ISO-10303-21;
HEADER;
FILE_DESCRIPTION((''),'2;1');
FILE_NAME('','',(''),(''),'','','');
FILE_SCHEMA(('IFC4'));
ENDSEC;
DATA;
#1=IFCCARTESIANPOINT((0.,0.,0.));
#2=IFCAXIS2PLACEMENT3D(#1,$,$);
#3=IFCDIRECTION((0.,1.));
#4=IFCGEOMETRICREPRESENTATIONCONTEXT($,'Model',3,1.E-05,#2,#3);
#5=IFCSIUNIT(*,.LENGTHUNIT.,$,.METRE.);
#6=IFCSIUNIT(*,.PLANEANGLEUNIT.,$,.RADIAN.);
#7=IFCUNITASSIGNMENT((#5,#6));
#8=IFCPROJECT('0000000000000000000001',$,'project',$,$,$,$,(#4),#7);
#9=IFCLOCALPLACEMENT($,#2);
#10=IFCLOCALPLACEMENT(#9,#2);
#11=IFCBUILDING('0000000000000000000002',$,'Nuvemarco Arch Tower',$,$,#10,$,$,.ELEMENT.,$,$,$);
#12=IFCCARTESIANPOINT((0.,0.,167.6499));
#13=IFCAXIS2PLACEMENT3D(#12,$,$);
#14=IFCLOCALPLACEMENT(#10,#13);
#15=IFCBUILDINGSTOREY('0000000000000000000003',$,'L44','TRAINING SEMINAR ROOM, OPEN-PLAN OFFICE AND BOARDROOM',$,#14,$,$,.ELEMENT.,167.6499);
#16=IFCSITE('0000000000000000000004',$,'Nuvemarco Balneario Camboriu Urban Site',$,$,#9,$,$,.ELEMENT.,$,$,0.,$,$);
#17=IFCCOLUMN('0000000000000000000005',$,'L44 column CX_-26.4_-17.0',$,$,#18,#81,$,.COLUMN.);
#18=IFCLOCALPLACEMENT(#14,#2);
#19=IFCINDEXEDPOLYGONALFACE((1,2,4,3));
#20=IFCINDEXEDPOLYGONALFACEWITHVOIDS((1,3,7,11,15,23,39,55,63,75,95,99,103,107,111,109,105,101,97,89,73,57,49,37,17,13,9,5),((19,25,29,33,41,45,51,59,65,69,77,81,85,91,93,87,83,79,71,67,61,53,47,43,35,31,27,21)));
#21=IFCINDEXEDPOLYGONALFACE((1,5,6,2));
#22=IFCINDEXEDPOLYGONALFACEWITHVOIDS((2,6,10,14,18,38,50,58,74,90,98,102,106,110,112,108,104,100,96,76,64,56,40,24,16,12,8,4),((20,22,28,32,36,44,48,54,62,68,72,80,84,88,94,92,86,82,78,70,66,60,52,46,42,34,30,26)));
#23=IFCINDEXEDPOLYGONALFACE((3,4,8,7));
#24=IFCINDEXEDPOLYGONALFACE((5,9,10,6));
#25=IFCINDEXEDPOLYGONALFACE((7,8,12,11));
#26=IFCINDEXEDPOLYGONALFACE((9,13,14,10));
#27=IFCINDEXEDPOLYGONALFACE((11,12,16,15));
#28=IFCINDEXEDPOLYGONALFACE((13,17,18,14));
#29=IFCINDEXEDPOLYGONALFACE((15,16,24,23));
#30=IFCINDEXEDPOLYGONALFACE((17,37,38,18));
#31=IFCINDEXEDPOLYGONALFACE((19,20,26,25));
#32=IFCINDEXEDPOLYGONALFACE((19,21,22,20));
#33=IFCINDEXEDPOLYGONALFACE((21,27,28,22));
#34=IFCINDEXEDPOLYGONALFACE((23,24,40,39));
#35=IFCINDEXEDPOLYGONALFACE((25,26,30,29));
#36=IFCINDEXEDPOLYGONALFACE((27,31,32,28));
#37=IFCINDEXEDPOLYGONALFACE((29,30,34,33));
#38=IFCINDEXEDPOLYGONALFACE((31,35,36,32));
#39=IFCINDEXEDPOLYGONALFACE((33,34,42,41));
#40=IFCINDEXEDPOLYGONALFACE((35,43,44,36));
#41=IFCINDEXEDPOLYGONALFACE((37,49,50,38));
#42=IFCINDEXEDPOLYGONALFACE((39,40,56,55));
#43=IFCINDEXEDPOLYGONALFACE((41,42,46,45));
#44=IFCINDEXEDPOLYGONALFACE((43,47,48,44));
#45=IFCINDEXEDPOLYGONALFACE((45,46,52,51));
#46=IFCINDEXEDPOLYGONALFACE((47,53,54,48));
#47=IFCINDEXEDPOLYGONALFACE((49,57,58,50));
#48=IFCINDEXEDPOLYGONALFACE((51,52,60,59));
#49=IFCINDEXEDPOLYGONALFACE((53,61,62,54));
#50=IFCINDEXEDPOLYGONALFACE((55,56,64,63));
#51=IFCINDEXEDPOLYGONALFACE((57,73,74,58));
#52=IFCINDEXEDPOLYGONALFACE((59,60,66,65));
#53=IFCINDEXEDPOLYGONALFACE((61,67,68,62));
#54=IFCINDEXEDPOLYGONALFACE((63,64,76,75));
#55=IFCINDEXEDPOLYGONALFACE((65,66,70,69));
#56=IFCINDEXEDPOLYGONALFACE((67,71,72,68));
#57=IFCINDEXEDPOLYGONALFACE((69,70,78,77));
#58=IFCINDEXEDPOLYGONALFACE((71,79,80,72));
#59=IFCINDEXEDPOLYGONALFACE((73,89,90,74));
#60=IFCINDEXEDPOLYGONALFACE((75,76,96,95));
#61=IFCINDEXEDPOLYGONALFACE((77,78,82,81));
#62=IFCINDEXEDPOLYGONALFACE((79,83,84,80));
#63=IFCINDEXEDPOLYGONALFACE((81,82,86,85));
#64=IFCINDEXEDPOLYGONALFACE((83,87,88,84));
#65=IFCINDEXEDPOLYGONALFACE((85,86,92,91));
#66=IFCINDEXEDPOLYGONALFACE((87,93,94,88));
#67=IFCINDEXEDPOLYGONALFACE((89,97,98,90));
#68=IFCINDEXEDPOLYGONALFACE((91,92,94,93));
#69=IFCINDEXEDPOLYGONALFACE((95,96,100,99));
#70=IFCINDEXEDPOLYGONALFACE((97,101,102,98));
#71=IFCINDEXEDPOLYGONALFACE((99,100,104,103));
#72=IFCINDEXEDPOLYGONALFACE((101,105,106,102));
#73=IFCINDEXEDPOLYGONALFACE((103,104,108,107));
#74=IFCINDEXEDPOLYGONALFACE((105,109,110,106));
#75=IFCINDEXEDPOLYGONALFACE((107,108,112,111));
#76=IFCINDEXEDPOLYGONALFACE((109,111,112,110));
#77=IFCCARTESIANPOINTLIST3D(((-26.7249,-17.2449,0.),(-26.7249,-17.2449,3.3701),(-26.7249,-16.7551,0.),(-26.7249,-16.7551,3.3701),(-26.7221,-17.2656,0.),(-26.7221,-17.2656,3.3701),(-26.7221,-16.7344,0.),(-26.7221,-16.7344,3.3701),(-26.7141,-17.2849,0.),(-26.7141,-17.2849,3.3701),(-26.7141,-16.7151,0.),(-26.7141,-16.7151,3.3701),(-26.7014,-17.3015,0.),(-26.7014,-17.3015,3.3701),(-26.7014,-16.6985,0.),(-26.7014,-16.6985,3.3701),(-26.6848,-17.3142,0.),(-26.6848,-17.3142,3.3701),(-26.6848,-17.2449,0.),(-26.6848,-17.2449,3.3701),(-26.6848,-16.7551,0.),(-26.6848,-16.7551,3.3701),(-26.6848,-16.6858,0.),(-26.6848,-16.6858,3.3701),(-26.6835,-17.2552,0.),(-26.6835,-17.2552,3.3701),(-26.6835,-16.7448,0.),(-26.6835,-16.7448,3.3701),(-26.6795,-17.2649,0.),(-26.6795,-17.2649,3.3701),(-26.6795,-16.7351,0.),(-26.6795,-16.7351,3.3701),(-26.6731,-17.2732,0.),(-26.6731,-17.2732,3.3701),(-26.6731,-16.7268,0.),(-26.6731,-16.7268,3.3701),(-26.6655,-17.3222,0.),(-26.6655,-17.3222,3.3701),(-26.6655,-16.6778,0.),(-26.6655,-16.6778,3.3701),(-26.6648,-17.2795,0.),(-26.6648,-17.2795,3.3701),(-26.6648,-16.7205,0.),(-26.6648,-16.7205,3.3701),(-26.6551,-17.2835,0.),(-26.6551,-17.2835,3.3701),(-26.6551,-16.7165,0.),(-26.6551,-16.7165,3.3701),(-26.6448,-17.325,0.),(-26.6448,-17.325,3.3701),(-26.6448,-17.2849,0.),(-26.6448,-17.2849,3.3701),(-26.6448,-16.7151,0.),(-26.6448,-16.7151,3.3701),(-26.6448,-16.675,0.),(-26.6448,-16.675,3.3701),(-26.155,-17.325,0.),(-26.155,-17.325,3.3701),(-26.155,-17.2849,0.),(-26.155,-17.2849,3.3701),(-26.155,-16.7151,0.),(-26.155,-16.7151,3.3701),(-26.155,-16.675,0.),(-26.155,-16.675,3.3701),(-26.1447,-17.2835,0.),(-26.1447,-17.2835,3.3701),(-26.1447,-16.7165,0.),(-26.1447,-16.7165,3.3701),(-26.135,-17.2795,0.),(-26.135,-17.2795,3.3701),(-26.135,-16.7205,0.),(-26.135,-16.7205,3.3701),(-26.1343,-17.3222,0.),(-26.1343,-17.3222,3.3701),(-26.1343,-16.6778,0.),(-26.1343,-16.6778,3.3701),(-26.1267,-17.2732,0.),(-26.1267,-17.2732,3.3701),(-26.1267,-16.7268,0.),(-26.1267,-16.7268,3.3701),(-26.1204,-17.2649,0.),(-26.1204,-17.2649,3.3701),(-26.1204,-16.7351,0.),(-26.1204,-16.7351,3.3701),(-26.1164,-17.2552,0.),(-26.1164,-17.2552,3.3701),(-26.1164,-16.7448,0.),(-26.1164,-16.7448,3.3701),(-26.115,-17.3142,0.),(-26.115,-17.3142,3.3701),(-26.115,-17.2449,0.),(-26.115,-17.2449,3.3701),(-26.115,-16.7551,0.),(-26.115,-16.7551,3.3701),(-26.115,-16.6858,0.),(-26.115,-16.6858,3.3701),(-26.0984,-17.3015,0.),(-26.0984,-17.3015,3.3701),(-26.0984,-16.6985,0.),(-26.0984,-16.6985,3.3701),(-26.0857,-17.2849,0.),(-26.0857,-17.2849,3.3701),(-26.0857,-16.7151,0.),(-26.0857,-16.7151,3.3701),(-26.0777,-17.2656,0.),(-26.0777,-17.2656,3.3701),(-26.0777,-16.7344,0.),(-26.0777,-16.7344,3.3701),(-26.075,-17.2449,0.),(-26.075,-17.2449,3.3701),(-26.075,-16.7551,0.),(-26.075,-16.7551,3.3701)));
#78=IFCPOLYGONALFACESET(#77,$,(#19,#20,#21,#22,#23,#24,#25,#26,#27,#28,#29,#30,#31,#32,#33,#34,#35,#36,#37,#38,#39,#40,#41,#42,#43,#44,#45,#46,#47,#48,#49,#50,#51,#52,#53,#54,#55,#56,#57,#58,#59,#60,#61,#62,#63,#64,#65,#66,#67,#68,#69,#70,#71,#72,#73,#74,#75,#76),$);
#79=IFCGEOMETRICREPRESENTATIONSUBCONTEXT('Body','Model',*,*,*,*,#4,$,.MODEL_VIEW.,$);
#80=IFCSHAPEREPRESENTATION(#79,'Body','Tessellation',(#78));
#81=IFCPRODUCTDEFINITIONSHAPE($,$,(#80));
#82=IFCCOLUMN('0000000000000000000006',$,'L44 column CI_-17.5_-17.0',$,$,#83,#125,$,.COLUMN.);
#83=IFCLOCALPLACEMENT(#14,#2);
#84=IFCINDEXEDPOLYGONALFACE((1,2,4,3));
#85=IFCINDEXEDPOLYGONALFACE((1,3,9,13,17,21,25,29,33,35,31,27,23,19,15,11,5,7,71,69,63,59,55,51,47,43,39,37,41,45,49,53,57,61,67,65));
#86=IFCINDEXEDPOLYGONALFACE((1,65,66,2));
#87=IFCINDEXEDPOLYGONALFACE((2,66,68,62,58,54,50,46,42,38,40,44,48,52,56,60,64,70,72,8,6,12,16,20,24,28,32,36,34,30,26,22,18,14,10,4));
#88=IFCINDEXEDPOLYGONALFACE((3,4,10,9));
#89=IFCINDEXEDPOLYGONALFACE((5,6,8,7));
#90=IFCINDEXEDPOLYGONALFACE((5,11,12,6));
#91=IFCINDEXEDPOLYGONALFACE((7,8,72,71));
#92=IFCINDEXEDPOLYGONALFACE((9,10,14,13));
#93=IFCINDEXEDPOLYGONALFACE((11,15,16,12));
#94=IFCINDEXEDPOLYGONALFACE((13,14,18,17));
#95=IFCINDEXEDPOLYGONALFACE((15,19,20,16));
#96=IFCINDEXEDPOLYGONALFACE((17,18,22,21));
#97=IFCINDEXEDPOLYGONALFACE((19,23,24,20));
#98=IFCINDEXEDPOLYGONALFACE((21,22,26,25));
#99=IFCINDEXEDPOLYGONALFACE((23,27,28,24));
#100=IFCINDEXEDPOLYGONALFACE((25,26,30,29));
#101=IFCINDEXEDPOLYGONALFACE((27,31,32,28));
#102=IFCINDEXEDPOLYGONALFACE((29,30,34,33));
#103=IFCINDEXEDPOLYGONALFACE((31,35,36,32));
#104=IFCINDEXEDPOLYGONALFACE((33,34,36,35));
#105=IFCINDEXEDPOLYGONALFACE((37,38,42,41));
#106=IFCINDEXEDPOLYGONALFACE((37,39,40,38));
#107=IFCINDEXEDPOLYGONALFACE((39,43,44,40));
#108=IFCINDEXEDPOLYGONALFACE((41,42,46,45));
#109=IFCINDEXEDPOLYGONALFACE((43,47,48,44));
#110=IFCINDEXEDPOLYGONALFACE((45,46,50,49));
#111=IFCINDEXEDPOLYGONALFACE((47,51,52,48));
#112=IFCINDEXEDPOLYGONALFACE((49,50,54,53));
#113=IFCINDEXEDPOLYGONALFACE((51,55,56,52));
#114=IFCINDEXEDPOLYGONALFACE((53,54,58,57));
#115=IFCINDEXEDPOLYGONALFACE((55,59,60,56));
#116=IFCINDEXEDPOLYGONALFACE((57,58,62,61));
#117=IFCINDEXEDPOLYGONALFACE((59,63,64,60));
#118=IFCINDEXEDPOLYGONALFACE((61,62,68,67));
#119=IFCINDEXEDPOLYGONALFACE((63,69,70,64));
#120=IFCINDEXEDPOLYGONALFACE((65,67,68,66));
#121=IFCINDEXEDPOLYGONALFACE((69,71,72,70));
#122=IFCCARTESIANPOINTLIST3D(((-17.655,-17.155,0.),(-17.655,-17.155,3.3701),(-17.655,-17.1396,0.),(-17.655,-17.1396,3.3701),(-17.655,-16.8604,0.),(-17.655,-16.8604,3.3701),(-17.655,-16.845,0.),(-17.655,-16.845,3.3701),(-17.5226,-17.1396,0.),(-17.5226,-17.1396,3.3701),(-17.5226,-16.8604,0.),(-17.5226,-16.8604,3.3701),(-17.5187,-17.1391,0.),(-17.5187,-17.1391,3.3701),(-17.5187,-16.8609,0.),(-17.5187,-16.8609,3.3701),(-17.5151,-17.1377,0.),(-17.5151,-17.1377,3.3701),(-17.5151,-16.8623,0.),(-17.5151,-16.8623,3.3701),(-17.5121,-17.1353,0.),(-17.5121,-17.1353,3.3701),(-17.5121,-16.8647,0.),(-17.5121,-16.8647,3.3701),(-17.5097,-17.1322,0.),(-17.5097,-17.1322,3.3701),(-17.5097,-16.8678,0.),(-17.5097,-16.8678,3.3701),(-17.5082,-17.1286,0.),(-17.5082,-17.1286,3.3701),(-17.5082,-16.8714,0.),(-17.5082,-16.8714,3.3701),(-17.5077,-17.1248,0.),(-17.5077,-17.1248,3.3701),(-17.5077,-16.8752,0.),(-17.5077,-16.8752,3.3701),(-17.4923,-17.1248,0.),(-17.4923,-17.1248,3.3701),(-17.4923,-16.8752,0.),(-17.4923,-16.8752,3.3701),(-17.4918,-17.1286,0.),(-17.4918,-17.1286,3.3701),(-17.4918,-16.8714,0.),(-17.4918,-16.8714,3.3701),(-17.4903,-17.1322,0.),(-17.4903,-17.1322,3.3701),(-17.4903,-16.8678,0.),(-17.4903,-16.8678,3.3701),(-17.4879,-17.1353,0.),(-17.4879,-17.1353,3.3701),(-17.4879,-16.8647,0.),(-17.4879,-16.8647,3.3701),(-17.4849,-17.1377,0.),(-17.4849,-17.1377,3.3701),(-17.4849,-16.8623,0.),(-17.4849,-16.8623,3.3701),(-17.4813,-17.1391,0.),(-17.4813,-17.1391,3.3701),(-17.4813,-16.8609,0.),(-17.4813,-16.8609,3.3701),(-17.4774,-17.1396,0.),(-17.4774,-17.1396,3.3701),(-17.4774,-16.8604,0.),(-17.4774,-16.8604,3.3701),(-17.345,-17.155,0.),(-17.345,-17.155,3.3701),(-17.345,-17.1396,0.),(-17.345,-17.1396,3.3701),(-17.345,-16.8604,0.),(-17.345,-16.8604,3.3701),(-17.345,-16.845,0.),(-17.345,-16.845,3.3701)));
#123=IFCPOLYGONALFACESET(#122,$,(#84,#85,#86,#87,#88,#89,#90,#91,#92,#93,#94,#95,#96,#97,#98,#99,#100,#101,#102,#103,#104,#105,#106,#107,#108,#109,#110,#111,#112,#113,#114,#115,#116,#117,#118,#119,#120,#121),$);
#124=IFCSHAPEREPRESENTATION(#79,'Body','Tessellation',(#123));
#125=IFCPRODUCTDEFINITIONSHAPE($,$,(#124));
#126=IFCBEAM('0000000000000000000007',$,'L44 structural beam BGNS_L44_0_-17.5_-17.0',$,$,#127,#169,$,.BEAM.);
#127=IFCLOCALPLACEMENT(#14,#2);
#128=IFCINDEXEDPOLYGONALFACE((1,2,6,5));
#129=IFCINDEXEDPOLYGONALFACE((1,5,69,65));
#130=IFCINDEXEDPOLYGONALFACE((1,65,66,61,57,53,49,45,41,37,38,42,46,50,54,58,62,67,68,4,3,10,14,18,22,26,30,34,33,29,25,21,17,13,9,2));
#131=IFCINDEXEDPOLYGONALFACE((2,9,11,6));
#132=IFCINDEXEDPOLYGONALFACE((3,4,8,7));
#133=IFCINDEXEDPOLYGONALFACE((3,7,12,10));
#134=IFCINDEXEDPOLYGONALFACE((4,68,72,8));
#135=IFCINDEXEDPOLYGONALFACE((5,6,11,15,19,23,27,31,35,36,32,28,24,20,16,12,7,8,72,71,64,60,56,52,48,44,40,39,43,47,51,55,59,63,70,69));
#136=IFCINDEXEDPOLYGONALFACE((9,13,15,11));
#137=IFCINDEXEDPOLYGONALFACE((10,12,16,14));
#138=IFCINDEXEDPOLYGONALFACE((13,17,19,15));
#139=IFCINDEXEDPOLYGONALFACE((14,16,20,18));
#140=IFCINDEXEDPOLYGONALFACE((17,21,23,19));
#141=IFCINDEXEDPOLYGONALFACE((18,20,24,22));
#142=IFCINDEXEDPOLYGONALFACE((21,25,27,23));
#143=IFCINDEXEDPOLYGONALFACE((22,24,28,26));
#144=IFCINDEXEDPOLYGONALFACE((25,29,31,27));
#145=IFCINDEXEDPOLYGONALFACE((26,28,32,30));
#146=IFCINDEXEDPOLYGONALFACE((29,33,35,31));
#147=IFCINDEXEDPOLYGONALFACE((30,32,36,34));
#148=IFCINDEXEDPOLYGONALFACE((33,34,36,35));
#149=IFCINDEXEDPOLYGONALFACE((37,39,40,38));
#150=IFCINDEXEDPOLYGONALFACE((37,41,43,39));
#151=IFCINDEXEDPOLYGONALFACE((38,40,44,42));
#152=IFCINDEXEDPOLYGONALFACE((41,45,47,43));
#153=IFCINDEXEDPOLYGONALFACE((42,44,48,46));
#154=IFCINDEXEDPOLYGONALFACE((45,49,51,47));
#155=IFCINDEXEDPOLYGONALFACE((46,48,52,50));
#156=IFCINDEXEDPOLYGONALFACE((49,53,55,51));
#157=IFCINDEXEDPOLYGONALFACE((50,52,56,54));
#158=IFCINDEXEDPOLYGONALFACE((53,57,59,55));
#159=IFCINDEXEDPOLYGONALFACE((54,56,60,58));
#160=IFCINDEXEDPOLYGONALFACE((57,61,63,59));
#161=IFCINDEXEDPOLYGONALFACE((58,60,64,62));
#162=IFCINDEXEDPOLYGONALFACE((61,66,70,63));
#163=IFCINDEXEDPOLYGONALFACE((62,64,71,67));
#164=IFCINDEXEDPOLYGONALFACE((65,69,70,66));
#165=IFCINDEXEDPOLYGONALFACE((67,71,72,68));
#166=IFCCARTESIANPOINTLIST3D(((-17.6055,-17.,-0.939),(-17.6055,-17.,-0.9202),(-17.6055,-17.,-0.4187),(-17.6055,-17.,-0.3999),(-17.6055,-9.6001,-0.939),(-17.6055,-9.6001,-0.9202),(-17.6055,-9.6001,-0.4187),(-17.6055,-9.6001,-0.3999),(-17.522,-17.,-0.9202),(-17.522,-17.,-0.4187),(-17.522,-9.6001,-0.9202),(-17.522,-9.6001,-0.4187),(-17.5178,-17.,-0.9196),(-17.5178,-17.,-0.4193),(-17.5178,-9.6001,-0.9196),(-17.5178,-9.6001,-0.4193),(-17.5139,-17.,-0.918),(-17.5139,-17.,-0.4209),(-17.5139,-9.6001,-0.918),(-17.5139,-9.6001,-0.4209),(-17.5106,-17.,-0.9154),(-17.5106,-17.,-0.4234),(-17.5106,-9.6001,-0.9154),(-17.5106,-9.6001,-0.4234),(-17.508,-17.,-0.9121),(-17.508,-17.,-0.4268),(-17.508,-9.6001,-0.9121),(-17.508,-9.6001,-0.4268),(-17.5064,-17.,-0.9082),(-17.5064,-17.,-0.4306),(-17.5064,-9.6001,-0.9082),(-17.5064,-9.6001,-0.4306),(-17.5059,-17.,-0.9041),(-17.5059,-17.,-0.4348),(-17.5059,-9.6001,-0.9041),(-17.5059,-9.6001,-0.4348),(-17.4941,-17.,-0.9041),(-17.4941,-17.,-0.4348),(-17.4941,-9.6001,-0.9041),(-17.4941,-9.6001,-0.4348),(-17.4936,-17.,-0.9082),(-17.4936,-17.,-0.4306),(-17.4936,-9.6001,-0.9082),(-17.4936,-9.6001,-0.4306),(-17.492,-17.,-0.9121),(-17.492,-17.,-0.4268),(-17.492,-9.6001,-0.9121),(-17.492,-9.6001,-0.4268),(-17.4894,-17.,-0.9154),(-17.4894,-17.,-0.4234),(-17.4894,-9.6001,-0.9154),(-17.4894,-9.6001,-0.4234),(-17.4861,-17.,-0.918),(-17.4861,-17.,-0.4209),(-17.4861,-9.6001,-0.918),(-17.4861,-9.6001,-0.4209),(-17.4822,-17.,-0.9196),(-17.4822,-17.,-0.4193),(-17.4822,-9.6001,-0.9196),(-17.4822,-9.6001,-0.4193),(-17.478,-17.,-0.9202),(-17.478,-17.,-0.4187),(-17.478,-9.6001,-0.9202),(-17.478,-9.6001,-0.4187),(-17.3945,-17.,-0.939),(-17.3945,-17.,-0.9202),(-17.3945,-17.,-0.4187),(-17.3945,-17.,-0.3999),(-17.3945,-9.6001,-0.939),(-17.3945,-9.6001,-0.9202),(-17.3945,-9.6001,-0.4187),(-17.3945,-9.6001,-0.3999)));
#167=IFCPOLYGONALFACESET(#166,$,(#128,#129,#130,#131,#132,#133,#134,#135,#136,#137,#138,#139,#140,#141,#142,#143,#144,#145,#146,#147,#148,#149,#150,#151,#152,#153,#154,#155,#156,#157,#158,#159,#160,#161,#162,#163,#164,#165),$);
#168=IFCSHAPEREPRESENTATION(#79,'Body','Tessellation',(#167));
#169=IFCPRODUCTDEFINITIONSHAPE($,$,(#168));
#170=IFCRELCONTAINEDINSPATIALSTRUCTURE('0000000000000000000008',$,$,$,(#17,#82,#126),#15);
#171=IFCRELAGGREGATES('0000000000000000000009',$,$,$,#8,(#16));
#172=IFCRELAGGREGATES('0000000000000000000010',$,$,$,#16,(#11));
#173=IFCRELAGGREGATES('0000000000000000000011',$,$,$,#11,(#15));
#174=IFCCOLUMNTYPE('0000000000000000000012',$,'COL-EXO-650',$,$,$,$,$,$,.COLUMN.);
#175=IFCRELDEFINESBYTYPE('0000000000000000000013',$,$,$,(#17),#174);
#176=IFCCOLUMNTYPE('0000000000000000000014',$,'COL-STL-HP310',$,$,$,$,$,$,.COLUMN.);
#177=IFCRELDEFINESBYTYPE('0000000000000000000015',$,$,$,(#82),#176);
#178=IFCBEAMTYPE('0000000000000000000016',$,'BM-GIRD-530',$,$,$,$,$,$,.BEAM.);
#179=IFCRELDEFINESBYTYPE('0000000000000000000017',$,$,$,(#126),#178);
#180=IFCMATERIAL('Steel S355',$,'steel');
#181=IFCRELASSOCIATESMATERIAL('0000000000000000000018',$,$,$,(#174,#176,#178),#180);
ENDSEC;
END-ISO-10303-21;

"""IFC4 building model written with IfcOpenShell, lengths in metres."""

from ifc_helpers import new_model, si_unit, direction, frame, origin, origin_2d, place, context, subcontext, project, spatial, hollow_rectangle, i_section, extrude, material, material_profile, profile_set, type_object, element, save


model = new_model("IFC4")

# Units and contexts
model_context = context("Model", 3, precision=1e-05, world=origin(), true_north=direction((0.0, 1.0)))
body_context = subcontext(model_context, "Body", "Model", "MODEL_VIEW")
ifc_project = project(units=[si_unit("LENGTHUNIT", "METRE"), si_unit("PLANEANGLEUNIT", "RADIAN")], contexts=[model_context])

# Site, building, storey
site_placement = place(None, origin())
site = spatial("IfcSite", under=ifc_project, at=site_placement, Name="Nuvemarco Balneario Camboriu Urban Site", CompositionType="ELEMENT", RefElevation=0.0)
building_placement = place(site_placement, origin())
building = spatial("IfcBuilding", under=site, at=building_placement, Name="Nuvemarco Arch Tower", CompositionType="ELEMENT")
storey_placement = place(building_placement, frame((0.0, 0.0, 167.6499)))
storey = spatial("IfcBuildingStorey", under=building, at=storey_placement, Name="L44", Description="TRAINING SEMINAR ROOM, OPEN-PLAN OFFICE AND BOARDROOM", CompositionType="ELEMENT", Elevation=167.6499)

# Columns
ifc_material_1 = material(Name="Steel S355", Category="steel")
ifc_material_profile_1 = material_profile(ifc_material_1, hollow_rectangle(XDim=0.6499, YDim=0.6499, WallThickness=0.04, InnerFilletRadius=0.04, OuterFilletRadius=0.0801, at=origin_2d()), Name="SHS650x650x40")
ifc_profile_set_1 = profile_set([ifc_material_profile_1], Name="Steel S355")
column_type_1 = type_object("IfcColumnType", Name="COL-EXO-650", PredefinedType="COLUMN", material=ifc_profile_set_1)
column_1_placement = place(storey_placement, frame((-26.3999, -17.0, 0.0), z_axis=(0.0, 0.0, 1.0), x_axis=(1.0, 0.0, 0.0)))
element("IfcColumn", 1, at=column_1_placement, inside=storey, type_object=column_type_1, Name="L44 column CX_-26.4_-17.0", PredefinedType="COLUMN", context=body_context, shape_type="SweptSolid", body=[
    extrude(hollow_rectangle(XDim=0.6499, YDim=0.6499, WallThickness=0.04, InnerFilletRadius=0.04, OuterFilletRadius=0.0801, at=origin_2d()), origin(), (0.0, 0.0, 1.0), 3.3701),
])
ifc_material_profile_2 = material_profile(ifc_material_1, i_section(OverallWidth=0.3101, OverallDepth=0.3101, WebThickness=0.0154, FlangeThickness=0.0154, FilletRadius=0.0149, at=origin_2d()), Name="HP310x110")
ifc_profile_set_2 = profile_set([ifc_material_profile_2], Name="Steel S355")
column_type_2 = type_object("IfcColumnType", Name="COL-STL-HP310", PredefinedType="COLUMN", material=ifc_profile_set_2)
column_2_placement = place(storey_placement, frame((-17.5, -17.0, 0.0), z_axis=(0.0, 0.0, 1.0), x_axis=(1.0, 0.0, 0.0)))
element("IfcColumn", 2, at=column_2_placement, inside=storey, type_object=column_type_2, Name="L44 column CI_-17.5_-17.0", PredefinedType="COLUMN", context=body_context, shape_type="SweptSolid", body=[
    extrude(i_section(OverallWidth=0.3101, OverallDepth=0.3101, WebThickness=0.0154, FlangeThickness=0.0154, FilletRadius=0.0149, at=origin_2d()), origin(), (0.0, 0.0, 1.0), 3.3701),
])

# Beam
ifc_material_profile_3 = material_profile(ifc_material_1, i_section(OverallWidth=0.2109, OverallDepth=0.5391, WebThickness=0.0117, FlangeThickness=0.0188, FilletRadius=0.0161, at=origin_2d()), Name="W530x109")
ifc_profile_set_3 = profile_set([ifc_material_profile_3], Name="Steel S355")
beam_type_1 = type_object("IfcBeamType", Name="BM-GIRD-530", PredefinedType="BEAM", material=ifc_profile_set_3)
beam_1_placement = place(storey_placement, frame((-17.5, -17.0, -0.6694), z_axis=(0.0, 1.0, 0.0), x_axis=(-1.0, 0.0, 0.0)))
element("IfcBeam", 3, at=beam_1_placement, inside=storey, type_object=beam_type_1, Name="L44 structural beam BGNS_L44_0_-17.5_-17.0", PredefinedType="BEAM", context=body_context, shape_type="SweptSolid", body=[
    extrude(i_section(OverallWidth=0.2109, OverallDepth=0.5391, WebThickness=0.0117, FlangeThickness=0.0188, FilletRadius=0.0161, at=origin_2d()), origin(), (0.0, 0.0, 1.0), 7.3999),
])

save(model, "model.ifc")
